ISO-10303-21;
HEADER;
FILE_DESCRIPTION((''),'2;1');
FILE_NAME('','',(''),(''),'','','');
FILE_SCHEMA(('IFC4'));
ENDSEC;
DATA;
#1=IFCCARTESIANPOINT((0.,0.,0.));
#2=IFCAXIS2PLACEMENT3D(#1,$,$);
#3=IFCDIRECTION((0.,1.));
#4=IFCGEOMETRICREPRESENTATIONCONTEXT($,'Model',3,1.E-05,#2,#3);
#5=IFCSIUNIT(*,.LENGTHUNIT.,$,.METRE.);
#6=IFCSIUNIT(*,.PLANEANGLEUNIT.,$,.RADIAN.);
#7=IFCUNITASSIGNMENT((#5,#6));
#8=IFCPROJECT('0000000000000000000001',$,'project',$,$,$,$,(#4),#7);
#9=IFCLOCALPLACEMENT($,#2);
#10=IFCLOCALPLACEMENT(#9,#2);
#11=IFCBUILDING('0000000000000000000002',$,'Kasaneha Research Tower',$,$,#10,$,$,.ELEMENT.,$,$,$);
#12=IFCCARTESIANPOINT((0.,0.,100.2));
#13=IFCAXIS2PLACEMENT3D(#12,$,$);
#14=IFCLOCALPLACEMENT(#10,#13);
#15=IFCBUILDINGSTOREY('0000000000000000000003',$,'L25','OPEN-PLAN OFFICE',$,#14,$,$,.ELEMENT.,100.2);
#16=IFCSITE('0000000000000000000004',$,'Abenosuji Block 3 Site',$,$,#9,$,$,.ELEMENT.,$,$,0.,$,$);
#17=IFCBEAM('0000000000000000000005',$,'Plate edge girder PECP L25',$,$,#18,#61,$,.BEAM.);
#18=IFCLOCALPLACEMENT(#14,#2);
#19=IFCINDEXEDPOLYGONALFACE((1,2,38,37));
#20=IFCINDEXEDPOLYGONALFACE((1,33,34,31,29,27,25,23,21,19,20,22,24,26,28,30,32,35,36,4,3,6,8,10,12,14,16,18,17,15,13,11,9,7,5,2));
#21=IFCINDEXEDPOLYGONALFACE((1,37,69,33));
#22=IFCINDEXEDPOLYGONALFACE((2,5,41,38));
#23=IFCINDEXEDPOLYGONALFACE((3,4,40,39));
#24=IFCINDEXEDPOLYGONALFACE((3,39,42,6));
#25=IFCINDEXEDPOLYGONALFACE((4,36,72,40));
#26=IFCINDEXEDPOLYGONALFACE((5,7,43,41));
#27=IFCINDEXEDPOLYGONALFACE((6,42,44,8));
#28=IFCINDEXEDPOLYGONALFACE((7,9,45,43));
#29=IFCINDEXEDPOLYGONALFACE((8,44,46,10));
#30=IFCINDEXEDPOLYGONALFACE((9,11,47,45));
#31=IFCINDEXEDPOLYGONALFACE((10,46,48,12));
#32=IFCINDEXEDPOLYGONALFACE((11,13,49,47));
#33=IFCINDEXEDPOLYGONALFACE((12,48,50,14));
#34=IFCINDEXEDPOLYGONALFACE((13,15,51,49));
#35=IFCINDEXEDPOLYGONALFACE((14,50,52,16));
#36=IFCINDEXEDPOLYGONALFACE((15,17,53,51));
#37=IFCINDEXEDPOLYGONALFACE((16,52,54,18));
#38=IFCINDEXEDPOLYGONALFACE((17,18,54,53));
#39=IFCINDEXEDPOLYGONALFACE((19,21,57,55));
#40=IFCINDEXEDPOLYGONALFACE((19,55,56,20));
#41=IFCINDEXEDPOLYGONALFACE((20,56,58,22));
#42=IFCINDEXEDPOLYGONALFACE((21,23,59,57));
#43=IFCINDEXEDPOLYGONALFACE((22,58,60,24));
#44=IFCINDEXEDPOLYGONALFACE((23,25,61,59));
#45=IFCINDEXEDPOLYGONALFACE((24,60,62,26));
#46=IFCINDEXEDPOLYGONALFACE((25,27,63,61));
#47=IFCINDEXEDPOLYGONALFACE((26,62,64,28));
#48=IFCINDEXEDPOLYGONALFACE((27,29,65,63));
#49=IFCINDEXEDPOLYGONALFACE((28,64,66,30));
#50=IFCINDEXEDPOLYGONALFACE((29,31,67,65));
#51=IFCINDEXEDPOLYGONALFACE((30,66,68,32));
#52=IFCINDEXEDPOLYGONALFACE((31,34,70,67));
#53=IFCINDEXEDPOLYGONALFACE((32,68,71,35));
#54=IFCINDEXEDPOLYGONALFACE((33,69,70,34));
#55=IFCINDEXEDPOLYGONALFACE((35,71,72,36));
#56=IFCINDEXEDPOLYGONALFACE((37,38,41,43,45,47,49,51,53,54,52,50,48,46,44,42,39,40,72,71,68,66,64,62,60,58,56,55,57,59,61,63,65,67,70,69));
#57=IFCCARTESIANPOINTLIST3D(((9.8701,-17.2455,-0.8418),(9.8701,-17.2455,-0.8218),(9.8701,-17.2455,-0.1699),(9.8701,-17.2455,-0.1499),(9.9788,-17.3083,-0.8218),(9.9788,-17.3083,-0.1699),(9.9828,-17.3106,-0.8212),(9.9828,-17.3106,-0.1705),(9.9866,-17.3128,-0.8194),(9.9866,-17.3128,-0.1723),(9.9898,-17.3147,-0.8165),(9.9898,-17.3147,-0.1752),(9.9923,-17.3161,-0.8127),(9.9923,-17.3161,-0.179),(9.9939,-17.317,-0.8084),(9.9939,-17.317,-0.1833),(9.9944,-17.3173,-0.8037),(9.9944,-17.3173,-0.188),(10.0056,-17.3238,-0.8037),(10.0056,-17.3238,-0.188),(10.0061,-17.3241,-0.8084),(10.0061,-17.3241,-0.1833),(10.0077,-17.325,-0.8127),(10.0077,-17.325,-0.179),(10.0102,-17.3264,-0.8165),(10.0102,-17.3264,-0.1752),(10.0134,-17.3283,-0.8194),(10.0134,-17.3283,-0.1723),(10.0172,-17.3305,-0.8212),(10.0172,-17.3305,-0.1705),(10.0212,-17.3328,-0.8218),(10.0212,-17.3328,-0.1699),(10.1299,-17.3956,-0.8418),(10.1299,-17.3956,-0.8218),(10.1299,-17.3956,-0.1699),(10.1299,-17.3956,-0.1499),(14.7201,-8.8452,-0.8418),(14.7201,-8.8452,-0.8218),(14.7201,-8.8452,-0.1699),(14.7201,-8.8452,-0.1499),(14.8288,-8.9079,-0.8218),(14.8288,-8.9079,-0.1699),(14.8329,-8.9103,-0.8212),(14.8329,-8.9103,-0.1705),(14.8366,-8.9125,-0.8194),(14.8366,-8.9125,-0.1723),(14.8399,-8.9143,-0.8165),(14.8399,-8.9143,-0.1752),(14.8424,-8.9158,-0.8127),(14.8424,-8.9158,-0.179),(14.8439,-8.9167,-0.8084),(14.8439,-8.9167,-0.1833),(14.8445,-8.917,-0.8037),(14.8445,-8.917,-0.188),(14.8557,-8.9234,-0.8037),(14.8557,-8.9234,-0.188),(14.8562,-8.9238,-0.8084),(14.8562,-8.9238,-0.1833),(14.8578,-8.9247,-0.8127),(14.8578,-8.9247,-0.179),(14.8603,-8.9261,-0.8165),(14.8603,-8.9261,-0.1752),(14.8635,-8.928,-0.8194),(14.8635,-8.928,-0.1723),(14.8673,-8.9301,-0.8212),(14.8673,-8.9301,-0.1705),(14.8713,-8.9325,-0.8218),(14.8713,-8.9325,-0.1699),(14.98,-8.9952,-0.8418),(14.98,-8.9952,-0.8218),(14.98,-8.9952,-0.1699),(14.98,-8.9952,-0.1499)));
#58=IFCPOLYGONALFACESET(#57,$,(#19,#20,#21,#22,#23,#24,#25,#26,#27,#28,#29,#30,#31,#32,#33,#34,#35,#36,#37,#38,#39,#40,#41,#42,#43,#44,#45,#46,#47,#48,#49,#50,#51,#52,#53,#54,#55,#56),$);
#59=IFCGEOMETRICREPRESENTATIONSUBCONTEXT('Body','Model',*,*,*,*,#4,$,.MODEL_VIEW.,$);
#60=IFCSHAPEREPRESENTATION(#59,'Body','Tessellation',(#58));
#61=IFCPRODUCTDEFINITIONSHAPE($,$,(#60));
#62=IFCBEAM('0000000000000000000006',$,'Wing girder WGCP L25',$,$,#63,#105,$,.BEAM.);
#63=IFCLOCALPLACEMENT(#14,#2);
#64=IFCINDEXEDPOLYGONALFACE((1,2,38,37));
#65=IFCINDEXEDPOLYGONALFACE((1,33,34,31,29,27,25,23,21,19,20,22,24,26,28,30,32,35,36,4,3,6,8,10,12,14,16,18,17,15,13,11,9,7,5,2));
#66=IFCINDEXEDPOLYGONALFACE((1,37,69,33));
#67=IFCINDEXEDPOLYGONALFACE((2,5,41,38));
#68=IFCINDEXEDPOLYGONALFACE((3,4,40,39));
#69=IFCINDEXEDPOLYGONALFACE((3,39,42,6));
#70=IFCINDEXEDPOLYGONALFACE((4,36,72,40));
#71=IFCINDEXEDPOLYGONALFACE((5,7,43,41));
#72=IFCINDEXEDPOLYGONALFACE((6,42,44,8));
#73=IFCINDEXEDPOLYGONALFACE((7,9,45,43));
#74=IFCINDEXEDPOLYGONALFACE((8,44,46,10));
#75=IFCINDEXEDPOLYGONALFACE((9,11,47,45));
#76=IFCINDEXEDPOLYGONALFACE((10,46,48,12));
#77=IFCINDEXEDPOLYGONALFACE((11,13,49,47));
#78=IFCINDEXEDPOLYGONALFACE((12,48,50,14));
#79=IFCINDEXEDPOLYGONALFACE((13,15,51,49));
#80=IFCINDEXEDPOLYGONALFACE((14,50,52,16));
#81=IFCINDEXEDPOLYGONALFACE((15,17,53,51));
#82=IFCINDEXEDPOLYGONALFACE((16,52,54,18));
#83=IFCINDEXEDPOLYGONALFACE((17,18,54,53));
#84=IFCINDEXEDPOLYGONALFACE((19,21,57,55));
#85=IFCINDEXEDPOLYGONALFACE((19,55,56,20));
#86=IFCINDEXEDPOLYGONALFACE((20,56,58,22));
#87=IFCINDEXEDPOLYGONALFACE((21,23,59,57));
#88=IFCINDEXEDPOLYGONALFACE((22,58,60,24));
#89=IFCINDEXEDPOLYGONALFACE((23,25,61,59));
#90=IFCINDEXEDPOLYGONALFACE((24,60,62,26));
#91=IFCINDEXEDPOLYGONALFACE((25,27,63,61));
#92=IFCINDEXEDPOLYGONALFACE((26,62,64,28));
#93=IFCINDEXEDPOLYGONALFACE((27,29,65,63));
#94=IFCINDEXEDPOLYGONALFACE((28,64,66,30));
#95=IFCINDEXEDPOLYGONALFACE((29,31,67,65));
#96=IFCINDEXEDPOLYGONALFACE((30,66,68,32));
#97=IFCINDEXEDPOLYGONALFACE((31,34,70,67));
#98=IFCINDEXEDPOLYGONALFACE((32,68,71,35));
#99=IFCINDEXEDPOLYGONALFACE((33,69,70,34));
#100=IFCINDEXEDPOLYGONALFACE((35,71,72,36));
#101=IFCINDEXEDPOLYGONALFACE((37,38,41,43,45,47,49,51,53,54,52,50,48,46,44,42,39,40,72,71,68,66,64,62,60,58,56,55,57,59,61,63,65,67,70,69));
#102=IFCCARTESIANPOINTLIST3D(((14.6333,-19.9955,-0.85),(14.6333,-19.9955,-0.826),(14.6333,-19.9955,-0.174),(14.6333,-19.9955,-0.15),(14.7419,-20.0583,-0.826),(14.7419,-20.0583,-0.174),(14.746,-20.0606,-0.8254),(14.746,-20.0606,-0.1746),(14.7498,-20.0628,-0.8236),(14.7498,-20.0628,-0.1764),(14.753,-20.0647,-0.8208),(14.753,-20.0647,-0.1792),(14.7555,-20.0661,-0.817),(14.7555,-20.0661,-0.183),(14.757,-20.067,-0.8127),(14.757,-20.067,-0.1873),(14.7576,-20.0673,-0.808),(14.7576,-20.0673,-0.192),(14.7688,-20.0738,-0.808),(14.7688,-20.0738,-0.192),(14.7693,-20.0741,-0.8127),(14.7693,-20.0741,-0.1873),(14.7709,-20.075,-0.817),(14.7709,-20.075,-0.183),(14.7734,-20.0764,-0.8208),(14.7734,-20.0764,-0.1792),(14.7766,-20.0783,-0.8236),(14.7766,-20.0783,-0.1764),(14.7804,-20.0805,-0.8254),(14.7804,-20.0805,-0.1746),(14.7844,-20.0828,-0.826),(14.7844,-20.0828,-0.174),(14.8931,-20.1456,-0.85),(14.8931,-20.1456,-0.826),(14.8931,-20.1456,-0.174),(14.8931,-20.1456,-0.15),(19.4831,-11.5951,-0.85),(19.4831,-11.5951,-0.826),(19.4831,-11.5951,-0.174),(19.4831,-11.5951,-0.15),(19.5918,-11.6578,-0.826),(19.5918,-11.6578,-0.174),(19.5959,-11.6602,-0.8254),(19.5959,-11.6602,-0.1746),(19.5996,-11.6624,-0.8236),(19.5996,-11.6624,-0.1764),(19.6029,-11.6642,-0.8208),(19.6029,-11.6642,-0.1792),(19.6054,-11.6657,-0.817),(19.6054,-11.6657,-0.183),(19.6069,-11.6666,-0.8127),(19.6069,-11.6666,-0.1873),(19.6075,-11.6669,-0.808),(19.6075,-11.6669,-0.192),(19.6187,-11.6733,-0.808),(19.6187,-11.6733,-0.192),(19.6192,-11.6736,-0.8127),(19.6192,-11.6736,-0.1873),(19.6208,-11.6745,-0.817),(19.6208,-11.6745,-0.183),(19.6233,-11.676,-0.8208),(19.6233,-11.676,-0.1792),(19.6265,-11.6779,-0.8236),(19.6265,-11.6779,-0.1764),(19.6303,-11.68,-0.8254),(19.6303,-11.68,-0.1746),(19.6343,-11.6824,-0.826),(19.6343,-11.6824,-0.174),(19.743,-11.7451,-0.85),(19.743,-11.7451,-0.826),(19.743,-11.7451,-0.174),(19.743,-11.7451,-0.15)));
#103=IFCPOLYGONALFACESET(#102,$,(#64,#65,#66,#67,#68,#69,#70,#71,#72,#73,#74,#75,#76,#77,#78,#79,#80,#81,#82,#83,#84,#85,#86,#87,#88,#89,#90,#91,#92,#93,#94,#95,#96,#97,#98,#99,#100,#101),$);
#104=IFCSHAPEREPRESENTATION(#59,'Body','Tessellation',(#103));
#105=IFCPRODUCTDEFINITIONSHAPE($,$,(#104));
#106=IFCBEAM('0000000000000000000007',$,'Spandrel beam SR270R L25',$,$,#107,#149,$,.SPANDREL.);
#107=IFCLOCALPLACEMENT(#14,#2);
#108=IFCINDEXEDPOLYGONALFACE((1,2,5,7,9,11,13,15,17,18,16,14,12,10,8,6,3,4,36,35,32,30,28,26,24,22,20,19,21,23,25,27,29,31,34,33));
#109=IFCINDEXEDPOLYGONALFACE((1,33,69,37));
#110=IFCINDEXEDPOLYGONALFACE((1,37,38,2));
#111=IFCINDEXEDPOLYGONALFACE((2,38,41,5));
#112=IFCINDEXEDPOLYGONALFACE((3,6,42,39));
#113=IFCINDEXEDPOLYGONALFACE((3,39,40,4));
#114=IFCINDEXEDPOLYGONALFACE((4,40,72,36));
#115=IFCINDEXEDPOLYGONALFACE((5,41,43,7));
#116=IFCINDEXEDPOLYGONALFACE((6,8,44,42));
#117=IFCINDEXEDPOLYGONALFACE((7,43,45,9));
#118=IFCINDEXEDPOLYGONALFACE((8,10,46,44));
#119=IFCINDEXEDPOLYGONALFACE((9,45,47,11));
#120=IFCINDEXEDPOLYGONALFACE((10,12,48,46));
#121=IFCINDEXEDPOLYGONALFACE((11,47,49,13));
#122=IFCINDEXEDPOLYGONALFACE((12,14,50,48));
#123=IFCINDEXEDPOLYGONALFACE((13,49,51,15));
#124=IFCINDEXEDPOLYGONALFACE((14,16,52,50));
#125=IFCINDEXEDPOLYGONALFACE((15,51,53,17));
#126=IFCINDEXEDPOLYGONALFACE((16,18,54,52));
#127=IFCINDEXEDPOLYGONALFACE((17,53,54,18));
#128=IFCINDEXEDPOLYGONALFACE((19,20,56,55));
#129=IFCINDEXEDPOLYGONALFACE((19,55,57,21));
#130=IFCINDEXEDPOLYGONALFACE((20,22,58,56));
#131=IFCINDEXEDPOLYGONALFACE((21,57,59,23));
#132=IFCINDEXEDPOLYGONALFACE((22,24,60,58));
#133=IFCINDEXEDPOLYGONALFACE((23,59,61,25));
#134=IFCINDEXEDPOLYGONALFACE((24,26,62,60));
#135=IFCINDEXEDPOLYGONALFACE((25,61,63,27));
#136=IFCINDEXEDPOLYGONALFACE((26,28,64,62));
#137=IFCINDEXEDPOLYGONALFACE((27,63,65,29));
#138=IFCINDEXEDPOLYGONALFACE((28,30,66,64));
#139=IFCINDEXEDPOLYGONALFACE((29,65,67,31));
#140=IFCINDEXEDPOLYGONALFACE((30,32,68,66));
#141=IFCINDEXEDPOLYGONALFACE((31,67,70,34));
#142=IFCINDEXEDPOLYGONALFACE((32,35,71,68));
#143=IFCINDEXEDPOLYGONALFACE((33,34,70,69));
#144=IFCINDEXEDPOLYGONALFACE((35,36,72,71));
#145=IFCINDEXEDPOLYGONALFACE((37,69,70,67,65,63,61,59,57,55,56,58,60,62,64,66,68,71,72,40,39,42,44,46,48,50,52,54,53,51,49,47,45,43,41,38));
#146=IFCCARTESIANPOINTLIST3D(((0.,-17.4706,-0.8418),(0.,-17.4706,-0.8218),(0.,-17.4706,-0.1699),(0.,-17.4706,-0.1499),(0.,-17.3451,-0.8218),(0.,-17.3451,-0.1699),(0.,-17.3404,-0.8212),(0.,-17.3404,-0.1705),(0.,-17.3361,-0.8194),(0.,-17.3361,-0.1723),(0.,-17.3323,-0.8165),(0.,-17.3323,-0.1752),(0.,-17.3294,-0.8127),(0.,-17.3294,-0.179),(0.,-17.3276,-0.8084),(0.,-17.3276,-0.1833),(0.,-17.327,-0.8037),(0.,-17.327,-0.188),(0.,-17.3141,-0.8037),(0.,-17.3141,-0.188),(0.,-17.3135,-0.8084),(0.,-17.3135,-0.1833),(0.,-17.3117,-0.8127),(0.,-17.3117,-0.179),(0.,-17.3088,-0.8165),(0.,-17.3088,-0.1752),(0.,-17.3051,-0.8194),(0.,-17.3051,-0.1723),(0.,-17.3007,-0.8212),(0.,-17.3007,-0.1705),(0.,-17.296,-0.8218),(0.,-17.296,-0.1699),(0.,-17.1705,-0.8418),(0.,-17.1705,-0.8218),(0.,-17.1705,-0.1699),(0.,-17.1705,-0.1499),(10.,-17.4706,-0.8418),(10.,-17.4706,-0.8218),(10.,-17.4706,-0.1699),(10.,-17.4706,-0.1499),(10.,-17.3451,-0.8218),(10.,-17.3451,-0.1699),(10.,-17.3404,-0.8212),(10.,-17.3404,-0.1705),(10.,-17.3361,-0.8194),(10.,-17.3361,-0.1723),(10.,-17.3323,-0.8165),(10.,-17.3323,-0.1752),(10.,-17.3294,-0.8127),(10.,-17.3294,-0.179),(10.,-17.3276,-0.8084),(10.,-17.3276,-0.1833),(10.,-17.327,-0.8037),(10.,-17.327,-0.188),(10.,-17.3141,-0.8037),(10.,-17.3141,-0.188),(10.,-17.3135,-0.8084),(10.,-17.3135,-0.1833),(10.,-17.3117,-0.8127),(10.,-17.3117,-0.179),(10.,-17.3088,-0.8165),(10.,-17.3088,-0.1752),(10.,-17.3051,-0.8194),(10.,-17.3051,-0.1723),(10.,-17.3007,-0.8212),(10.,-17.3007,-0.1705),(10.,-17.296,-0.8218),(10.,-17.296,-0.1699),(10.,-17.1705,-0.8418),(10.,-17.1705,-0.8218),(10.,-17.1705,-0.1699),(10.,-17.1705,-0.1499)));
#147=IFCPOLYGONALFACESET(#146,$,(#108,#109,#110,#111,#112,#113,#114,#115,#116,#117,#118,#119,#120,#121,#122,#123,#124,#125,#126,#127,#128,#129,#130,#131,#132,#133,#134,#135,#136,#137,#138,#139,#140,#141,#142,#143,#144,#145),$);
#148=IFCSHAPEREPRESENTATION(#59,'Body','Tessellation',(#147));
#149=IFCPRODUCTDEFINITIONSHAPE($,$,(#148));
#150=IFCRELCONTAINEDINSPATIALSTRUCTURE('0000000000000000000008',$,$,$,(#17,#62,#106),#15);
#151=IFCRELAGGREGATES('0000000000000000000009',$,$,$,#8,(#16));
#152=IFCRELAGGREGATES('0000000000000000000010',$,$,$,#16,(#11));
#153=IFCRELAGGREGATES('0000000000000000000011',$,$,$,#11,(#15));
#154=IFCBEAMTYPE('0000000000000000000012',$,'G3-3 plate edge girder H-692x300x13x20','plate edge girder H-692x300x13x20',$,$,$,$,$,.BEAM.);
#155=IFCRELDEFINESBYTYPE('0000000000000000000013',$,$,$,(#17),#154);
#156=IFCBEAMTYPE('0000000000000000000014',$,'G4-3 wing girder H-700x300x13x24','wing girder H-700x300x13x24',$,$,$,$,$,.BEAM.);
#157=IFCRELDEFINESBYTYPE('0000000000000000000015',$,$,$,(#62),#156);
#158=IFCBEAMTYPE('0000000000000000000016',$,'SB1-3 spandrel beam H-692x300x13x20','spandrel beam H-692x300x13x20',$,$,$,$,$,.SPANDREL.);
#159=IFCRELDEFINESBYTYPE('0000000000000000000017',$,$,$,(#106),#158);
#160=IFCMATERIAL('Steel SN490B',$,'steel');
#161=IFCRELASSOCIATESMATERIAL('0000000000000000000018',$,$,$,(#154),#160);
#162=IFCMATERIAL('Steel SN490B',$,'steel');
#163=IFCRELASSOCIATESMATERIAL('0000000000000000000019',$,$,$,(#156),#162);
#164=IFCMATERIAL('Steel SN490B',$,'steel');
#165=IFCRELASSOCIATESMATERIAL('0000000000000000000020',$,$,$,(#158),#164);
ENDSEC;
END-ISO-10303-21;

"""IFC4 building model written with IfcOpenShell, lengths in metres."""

from ifc_helpers import new_model, si_unit, direction, frame, origin, origin_2d, place, context, subcontext, project, spatial, i_section, extrude, material, material_profile, profile_set, type_object, element, save


model = new_model("IFC4")

# Units and contexts
model_context = context("Model", 3, precision=1e-05, world=origin(), true_north=direction((0.0, 1.0)))
body_context = subcontext(model_context, "Body", "Model", "MODEL_VIEW")
ifc_project = project(units=[si_unit("LENGTHUNIT", "METRE"), si_unit("PLANEANGLEUNIT", "RADIAN")], contexts=[model_context])

# Site, building, storey
site_placement = place(None, origin())
site = spatial("IfcSite", under=ifc_project, at=site_placement, Name="Abenosuji Block 3 Site", CompositionType="ELEMENT", RefElevation=0.0)
building_placement = place(site_placement, origin())
building = spatial("IfcBuilding", under=site, at=building_placement, Name="Kasaneha Research Tower", CompositionType="ELEMENT")
storey_placement = place(building_placement, frame((0.0, 0.0, 100.2)))
storey = spatial("IfcBuildingStorey", under=building, at=storey_placement, Name="L25", Description="OPEN-PLAN OFFICE", CompositionType="ELEMENT", Elevation=100.2)

# Beams
ifc_material_1 = material(Name="Steel SN490B", Category="steel")
ifc_material_profile_1 = material_profile(ifc_material_1, i_section(OverallWidth=0.3, OverallDepth=0.6919, WebThickness=0.0129, FlangeThickness=0.02, FilletRadius=0.0181, at=origin_2d()), Name="H-692x300x13x20")
ifc_profile_set_1 = profile_set([ifc_material_profile_1], Name="Steel SN490B")
beam_type_1 = type_object("IfcBeamType", Name="G3-3 plate edge girder H-692x300x13x20", Description="plate edge girder H-692x300x13x20", PredefinedType="BEAM", material=ifc_profile_set_1)
beam_1_placement = place(storey_placement, frame((10.0, -17.3206, -0.4958), z_axis=(0.50001, 0.86602, 0.0), x_axis=(-0.86602, 0.50001, 0.0)))
element("IfcBeam", 1, at=beam_1_placement, inside=storey, type_object=beam_type_1, Name="Plate edge girder PECP L25", PredefinedType="BEAM", context=body_context, shape_type="SweptSolid", body=[
    extrude(i_section(OverallWidth=0.3, OverallDepth=0.6919, WebThickness=0.0129, FlangeThickness=0.02, FilletRadius=0.0181, at=origin_2d()), origin(), (0.0, 0.0, 1.0), 9.7),
])
ifc_material_2 = material(Name="Steel SN490B", Category="steel")
ifc_material_profile_2 = material_profile(ifc_material_2, i_section(OverallWidth=0.3, OverallDepth=0.7, WebThickness=0.0129, FlangeThickness=0.0239, FilletRadius=0.0181, at=origin_2d()), Name="H-700x300x13x24")
ifc_profile_set_2 = profile_set([ifc_material_profile_2], Name="Steel SN490B")
beam_type_2 = type_object("IfcBeamType", Name="G4-3 wing girder H-700x300x13x24", Description="wing girder H-700x300x13x24", PredefinedType="BEAM", material=ifc_profile_set_2)
beam_2_placement = place(storey_placement, frame((14.7632, -20.0706, -0.5), z_axis=(0.499991, 0.866031, 0.0), x_axis=(-0.866031, 0.499991, 0.0)))
element("IfcBeam", 2, at=beam_2_placement, inside=storey, type_object=beam_type_2, Name="Wing girder WGCP L25", PredefinedType="BEAM", context=body_context, shape_type="SweptSolid", body=[
    extrude(i_section(OverallWidth=0.3, OverallDepth=0.7, WebThickness=0.0129, FlangeThickness=0.0239, FilletRadius=0.0181, at=origin_2d()), origin(), (0.0, 0.0, 1.0), 9.7),
])
ifc_material_3 = material(Name="Steel SN490B", Category="steel")
ifc_material_profile_3 = material_profile(ifc_material_3, i_section(OverallWidth=0.3, OverallDepth=0.6919, WebThickness=0.0129, FlangeThickness=0.02, FilletRadius=0.0181, at=origin_2d()), Name="H-692x300x13x20")
ifc_profile_set_3 = profile_set([ifc_material_profile_3], Name="Steel SN490B")
beam_type_3 = type_object("IfcBeamType", Name="SB1-3 spandrel beam H-692x300x13x20", Description="spandrel beam H-692x300x13x20", PredefinedType="SPANDREL", material=ifc_profile_set_3)
beam_3_placement = place(storey_placement, frame((10.0, -17.3206, -0.4958), z_axis=(-1.0, 0.0, 0.0), x_axis=(0.0, -1.0, 0.0)))
element("IfcBeam", 3, at=beam_3_placement, inside=storey, type_object=beam_type_3, Name="Spandrel beam SR270R L25", PredefinedType="SPANDREL", context=body_context, shape_type="SweptSolid", body=[
    extrude(i_section(OverallWidth=0.3, OverallDepth=0.6919, WebThickness=0.0129, FlangeThickness=0.02, FilletRadius=0.0181, at=origin_2d()), origin(), (0.0, 0.0, 1.0), 10.0),
])

save(model, "model.ifc")
